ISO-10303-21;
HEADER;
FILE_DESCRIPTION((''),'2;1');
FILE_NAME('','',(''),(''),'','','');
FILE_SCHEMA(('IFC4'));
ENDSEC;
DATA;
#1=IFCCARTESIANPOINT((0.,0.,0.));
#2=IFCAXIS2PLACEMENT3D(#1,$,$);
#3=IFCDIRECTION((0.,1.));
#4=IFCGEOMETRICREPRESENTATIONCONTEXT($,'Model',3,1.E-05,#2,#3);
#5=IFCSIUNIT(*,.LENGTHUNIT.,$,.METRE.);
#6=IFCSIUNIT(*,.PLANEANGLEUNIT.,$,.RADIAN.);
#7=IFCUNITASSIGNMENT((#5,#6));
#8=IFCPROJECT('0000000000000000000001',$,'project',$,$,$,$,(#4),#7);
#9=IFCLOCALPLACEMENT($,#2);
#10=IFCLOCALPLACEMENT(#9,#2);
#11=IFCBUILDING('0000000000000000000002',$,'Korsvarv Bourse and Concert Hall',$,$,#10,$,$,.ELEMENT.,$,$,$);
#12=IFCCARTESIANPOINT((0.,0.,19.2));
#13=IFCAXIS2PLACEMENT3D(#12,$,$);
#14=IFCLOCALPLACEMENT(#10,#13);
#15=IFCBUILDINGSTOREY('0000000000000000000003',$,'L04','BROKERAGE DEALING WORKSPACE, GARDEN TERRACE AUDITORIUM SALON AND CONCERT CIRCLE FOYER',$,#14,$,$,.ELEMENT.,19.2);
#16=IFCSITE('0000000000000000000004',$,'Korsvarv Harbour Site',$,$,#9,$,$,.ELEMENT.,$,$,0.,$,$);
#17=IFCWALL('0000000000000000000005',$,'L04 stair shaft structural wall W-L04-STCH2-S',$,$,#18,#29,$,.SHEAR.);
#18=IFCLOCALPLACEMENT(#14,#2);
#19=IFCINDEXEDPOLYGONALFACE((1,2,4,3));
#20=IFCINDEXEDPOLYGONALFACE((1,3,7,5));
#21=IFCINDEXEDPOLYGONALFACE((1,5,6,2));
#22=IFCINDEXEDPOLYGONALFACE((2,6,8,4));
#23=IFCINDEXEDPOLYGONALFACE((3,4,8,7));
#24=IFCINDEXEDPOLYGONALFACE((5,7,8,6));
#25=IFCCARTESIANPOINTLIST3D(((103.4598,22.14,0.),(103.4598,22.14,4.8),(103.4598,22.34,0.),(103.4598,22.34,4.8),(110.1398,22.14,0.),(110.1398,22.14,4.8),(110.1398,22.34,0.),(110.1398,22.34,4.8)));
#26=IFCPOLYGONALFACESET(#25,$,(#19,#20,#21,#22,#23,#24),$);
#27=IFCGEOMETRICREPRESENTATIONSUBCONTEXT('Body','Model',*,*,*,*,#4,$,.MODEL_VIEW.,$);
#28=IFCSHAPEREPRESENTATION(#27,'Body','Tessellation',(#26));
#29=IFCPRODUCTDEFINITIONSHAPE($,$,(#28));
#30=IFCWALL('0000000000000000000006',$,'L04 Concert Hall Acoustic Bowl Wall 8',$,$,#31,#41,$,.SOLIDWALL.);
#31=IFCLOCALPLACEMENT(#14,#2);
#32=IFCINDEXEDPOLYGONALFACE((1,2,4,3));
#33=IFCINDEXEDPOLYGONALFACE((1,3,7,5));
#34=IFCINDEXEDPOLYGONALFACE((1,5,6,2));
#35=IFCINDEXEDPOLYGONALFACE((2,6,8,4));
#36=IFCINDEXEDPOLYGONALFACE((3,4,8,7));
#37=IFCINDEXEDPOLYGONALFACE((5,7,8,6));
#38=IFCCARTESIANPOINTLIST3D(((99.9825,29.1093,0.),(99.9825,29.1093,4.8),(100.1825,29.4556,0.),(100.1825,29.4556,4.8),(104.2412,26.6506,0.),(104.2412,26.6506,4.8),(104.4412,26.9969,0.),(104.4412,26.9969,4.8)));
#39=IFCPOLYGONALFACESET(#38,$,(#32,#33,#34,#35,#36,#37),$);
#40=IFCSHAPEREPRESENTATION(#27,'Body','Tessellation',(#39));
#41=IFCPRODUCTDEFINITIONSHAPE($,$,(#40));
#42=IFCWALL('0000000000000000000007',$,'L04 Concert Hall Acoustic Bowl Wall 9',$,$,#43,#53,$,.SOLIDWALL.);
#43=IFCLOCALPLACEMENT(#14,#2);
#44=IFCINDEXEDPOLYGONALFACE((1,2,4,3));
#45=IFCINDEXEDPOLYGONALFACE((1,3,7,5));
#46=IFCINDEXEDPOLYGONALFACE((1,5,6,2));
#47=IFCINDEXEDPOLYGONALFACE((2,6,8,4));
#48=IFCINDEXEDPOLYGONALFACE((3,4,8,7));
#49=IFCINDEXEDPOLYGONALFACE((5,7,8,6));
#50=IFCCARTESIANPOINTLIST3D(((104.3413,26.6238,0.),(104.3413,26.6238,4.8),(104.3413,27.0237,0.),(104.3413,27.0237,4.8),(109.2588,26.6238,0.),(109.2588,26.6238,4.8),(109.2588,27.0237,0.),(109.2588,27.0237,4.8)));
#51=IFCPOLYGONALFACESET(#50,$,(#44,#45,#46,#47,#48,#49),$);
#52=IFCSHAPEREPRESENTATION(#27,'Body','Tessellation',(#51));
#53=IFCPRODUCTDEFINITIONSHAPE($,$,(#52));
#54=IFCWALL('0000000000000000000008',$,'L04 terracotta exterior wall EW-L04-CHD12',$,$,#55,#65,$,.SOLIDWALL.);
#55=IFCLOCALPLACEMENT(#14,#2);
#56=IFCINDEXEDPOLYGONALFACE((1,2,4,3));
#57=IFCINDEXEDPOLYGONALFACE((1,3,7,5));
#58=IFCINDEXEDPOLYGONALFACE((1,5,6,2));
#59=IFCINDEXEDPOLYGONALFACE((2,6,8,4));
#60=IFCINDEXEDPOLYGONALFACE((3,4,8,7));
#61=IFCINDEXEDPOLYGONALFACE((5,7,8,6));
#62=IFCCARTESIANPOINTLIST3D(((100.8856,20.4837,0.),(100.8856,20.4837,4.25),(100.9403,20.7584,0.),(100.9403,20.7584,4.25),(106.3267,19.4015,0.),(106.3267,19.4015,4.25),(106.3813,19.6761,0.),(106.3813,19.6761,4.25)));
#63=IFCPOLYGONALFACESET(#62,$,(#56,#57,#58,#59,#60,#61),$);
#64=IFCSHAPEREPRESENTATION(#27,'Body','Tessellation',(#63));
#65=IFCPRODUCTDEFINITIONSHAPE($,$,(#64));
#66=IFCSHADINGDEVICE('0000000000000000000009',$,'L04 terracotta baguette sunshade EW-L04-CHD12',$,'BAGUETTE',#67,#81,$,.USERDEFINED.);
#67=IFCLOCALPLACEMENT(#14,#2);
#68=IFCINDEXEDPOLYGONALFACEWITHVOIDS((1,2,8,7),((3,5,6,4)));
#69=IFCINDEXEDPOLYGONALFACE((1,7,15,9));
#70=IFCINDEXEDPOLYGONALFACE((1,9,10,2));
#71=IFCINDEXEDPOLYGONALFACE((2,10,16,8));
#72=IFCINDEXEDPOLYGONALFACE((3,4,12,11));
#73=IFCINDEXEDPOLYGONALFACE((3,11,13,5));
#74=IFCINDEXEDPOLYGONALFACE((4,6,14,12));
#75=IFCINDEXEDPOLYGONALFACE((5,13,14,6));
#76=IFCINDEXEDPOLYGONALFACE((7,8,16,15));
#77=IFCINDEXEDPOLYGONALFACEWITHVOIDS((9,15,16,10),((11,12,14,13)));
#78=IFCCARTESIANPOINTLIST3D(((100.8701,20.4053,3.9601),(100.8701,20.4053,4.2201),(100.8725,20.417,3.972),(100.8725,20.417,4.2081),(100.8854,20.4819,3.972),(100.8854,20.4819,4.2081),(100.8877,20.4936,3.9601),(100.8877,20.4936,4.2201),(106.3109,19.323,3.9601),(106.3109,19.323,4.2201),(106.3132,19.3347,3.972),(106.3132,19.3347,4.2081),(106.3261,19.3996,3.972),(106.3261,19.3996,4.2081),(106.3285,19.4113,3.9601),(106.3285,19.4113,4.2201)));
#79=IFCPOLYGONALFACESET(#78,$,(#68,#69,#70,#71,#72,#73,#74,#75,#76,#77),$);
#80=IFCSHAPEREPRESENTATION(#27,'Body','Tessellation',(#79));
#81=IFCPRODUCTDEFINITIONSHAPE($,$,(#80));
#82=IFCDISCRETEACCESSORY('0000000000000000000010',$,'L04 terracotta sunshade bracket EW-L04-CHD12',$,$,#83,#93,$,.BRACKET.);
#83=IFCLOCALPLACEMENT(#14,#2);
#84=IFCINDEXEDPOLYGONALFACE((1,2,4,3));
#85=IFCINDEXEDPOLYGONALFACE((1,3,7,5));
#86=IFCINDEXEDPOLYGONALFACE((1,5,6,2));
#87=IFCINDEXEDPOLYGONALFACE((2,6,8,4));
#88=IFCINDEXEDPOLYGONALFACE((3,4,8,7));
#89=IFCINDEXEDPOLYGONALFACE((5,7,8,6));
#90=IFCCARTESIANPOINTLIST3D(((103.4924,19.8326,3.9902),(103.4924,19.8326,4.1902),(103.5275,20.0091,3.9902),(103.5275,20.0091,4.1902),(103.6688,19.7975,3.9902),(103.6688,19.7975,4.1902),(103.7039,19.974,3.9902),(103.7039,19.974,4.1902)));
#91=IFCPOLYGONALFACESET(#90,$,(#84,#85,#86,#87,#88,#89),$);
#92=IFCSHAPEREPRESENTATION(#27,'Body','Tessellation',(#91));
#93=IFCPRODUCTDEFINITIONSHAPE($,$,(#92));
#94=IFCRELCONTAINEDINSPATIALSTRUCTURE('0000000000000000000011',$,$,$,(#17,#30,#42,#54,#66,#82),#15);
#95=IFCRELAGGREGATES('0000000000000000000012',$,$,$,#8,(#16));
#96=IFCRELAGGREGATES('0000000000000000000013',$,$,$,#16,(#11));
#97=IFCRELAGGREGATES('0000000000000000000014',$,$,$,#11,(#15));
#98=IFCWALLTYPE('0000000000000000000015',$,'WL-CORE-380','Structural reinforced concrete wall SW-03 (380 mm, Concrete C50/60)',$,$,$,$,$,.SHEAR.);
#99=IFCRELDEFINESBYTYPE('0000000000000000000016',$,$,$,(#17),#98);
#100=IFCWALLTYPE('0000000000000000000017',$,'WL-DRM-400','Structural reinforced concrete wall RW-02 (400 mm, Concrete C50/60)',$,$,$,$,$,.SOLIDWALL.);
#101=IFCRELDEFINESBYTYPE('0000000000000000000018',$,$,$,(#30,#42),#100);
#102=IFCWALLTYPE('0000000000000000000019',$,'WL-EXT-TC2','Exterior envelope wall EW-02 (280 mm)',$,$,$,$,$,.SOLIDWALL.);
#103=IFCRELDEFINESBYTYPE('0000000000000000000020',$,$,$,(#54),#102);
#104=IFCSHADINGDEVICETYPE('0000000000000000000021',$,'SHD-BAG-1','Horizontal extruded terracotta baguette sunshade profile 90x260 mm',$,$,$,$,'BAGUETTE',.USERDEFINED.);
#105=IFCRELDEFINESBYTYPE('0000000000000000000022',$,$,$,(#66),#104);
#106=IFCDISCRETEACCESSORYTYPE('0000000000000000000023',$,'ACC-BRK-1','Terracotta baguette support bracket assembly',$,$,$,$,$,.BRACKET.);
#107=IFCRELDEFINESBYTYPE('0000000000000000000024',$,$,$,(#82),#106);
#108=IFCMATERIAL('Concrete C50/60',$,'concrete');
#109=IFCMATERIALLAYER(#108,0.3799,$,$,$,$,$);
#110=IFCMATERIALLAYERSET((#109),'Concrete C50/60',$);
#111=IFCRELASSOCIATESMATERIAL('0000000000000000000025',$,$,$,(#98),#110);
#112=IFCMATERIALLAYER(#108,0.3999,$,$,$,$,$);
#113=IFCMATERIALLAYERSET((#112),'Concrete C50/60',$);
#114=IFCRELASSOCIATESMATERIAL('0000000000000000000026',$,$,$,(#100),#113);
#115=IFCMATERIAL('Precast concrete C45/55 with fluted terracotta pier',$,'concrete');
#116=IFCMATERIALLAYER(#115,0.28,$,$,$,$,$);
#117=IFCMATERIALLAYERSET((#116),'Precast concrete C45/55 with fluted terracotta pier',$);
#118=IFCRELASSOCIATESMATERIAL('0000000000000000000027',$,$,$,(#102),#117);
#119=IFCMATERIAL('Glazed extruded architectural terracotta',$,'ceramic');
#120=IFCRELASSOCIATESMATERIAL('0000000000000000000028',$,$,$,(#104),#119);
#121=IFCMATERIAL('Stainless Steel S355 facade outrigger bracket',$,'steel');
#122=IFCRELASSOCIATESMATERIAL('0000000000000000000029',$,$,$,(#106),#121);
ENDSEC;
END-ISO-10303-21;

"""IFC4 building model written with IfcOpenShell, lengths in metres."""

from ifc_helpers import new_model, si_unit, direction, frame, frame_2d, origin, origin_2d, place, context, subcontext, project, spatial, rectangle, hollow_rectangle, extrude, source, transform, mapped, material, layer, layer_set, material_profile, profile_set, type_object, element, save


model = new_model("IFC4")

# Units and contexts
model_context = context("Model", 3, precision=1e-05, world=origin(), true_north=direction((0.0, 1.0)))
body_context = subcontext(model_context, "Body", "Model", "MODEL_VIEW")
ifc_project = project(units=[si_unit("LENGTHUNIT", "METRE"), si_unit("PLANEANGLEUNIT", "RADIAN")], contexts=[model_context])

# Site, building, storey
site_placement = place(None, origin())
site = spatial("IfcSite", under=ifc_project, at=site_placement, Name="Korsvarv Harbour Site", CompositionType="ELEMENT", RefElevation=0.0)
building_placement = place(site_placement, origin())
building = spatial("IfcBuilding", under=site, at=building_placement, Name="Korsvarv Bourse and Concert Hall", CompositionType="ELEMENT")
storey_placement = place(building_placement, frame((0.0, 0.0, 19.2)))
storey = spatial("IfcBuildingStorey", under=building, at=storey_placement, Name="L04", Description="BROKERAGE DEALING WORKSPACE, GARDEN TERRACE AUDITORIUM SALON AND CONCERT CIRCLE FOYER", CompositionType="ELEMENT", Elevation=19.2)

# Shared definitions
ifc_material_1 = material(Name="Concrete C50/60", Category="concrete")

# Shared definitions
ifc_layer_1 = layer(ifc_material_1, 0.3799)
ifc_layer_set_1 = layer_set([ifc_layer_1], Name="Concrete C50/60")
wall_type_1 = type_object("IfcWallType", Name="WL-CORE-380", Description="Structural reinforced concrete wall SW-03 (380 mm, Concrete C50/60)", PredefinedType="SHEAR", material=ifc_layer_set_1)

# Walls
for number, where, z_axis, x_axis, name in (
    (1, (103.46, 22.24, 0.0), (0.0, 0.0, 1.0), (1.0, 0.0, 0.0), "L04 stair shaft structural wall W-L04-STCH2-S"),
):
    element("IfcWall", number, at=place(storey_placement, frame(where, z_axis=z_axis, x_axis=x_axis)), inside=storey, type_object=wall_type_1, Name=name, PredefinedType="SHEAR", context=body_context, shape_type="SweptSolid", body=[
        extrude(rectangle(XDim=6.6799, YDim=0.2, at=frame_2d((3.3398, 0.0))), origin(), (0.0, 0.0, 1.0), 4.8),
    ])
ifc_layer_2 = layer(ifc_material_1, 0.3999)
ifc_layer_set_2 = layer_set([ifc_layer_2], Name="Concrete C50/60")
wall_type_2 = type_object("IfcWallType", Name="WL-DRM-400", Description="Structural reinforced concrete wall RW-02 (400 mm, Concrete C50/60)", PredefinedType="SOLIDWALL", material=ifc_layer_set_2)
for number, where, z_axis, x_axis, name in (
    (2, (100.0825, 29.2825, 0.0), (0.0, 0.0, 1.0), (0.866032, -0.499989, 0.0), "L04 Concert Hall Acoustic Bowl Wall 8"),
    (3, (104.3413, 26.8237, 0.0), (0.0, 0.0, 1.0), (1.0, 0.0, 0.0), "L04 Concert Hall Acoustic Bowl Wall 9"),
):
    element("IfcWall", number, at=place(storey_placement, frame(where, z_axis=z_axis, x_axis=x_axis)), inside=storey, type_object=wall_type_2, Name=name, PredefinedType="SOLIDWALL", context=body_context, shape_type="SweptSolid", body=[
        extrude(rectangle(XDim=4.9175, YDim=0.3999, at=frame_2d((2.4587, 0.0))), origin(), (0.0, 0.0, 1.0), 4.8),
    ])
ifc_material_2 = material(Name="Precast concrete C45/55 with fluted terracotta pier", Category="concrete")
ifc_layer_3 = layer(ifc_material_2, 0.28)
ifc_layer_set_3 = layer_set([ifc_layer_3], Name="Precast concrete C45/55 with fluted terracotta pier")
wall_type_3 = type_object("IfcWallType", Name="WL-EXT-TC2", Description="Exterior envelope wall EW-02 (280 mm)", PredefinedType="SOLIDWALL", material=ifc_layer_set_3)
wall_1_placement = place(storey_placement, frame((100.9128, 20.6211, 0.0), z_axis=(0.0, 0.0, 1.0), x_axis=(0.980785, -0.195092, 0.0)))
element("IfcWall", 4, at=wall_1_placement, inside=storey, type_object=wall_type_3, Name="L04 terracotta exterior wall EW-L04-CHD12", PredefinedType="SOLIDWALL", context=body_context, shape_type="SweptSolid", body=[
    extrude(rectangle(XDim=5.5476, YDim=0.28, at=frame_2d((2.7739, 0.0))), origin(), (0.0, 0.0, 1.0), 4.25),
])

# Shading device
ifc_material_3 = material(Name="Glazed extruded architectural terracotta", Category="ceramic")
ifc_material_profile_1 = material_profile(ifc_material_3, hollow_rectangle(XDim=0.0901, YDim=0.26, WallThickness=0.012, at=origin_2d()), Name="TC-BAG 90x260")
ifc_profile_set_1 = profile_set([ifc_material_profile_1], Name="Glazed extruded architectural terracotta")
shading_device_type = type_object("IfcShadingDeviceType", Name="SHD-BAG-1", Description="Horizontal extruded terracotta baguette sunshade profile 90x260 mm", ElementType="BAGUETTE", PredefinedType="USERDEFINED", material=ifc_profile_set_1)
shared_shape_1 = source(origin(), body_context, "Body", "SweptSolid", [
    extrude(hollow_rectangle(XDim=0.0901, YDim=0.26, WallThickness=0.012, at=origin_2d()), origin(), (0.0, 0.0, 1.0), 5.5474),
])
shading_device_placement = place(storey_placement, frame((100.8789, 20.4495, 4.0901), z_axis=(0.980783, -0.1951, 0.0), x_axis=(0.1951, 0.980783, 0.0)))
element("IfcShadingDevice", 5, at=shading_device_placement, inside=storey, type_object=shading_device_type, Name="L04 terracotta baguette sunshade EW-L04-CHD12", ObjectType="BAGUETTE", PredefinedType="USERDEFINED", context=body_context, shape_type="MappedRepresentation", body=[
    mapped(shared_shape_1, transform((0.0, 0.0, 0.0), scale=1.0)),
])

# Discrete accessory
ifc_material_4 = material(Name="Stainless Steel S355 facade outrigger bracket", Category="steel")
discrete_accessory_type = type_object("IfcDiscreteAccessoryType", Name="ACC-BRK-1", Description="Terracotta baguette support bracket assembly", PredefinedType="BRACKET", material=ifc_material_4)
shared_shape_2 = source(origin(), body_context, "Body", "SweptSolid", [
    extrude(rectangle(XDim=0.1799, YDim=0.1799, at=origin_2d()), origin(), (0.0, 0.0, 1.0), 0.2),
])
discrete_accessory_placement = place(storey_placement, frame((103.5981, 19.9033, 3.9902), z_axis=(0.0, 0.0, 1.0), x_axis=(0.980785, -0.19509, 0.0)))
element("IfcDiscreteAccessory", 6, at=discrete_accessory_placement, inside=storey, type_object=discrete_accessory_type, Name="L04 terracotta sunshade bracket EW-L04-CHD12", PredefinedType="BRACKET", context=body_context, shape_type="MappedRepresentation", body=[
    mapped(shared_shape_2, transform((0.0, 0.0, 0.0), scale=1.0)),
])

save(model, "model.ifc")
